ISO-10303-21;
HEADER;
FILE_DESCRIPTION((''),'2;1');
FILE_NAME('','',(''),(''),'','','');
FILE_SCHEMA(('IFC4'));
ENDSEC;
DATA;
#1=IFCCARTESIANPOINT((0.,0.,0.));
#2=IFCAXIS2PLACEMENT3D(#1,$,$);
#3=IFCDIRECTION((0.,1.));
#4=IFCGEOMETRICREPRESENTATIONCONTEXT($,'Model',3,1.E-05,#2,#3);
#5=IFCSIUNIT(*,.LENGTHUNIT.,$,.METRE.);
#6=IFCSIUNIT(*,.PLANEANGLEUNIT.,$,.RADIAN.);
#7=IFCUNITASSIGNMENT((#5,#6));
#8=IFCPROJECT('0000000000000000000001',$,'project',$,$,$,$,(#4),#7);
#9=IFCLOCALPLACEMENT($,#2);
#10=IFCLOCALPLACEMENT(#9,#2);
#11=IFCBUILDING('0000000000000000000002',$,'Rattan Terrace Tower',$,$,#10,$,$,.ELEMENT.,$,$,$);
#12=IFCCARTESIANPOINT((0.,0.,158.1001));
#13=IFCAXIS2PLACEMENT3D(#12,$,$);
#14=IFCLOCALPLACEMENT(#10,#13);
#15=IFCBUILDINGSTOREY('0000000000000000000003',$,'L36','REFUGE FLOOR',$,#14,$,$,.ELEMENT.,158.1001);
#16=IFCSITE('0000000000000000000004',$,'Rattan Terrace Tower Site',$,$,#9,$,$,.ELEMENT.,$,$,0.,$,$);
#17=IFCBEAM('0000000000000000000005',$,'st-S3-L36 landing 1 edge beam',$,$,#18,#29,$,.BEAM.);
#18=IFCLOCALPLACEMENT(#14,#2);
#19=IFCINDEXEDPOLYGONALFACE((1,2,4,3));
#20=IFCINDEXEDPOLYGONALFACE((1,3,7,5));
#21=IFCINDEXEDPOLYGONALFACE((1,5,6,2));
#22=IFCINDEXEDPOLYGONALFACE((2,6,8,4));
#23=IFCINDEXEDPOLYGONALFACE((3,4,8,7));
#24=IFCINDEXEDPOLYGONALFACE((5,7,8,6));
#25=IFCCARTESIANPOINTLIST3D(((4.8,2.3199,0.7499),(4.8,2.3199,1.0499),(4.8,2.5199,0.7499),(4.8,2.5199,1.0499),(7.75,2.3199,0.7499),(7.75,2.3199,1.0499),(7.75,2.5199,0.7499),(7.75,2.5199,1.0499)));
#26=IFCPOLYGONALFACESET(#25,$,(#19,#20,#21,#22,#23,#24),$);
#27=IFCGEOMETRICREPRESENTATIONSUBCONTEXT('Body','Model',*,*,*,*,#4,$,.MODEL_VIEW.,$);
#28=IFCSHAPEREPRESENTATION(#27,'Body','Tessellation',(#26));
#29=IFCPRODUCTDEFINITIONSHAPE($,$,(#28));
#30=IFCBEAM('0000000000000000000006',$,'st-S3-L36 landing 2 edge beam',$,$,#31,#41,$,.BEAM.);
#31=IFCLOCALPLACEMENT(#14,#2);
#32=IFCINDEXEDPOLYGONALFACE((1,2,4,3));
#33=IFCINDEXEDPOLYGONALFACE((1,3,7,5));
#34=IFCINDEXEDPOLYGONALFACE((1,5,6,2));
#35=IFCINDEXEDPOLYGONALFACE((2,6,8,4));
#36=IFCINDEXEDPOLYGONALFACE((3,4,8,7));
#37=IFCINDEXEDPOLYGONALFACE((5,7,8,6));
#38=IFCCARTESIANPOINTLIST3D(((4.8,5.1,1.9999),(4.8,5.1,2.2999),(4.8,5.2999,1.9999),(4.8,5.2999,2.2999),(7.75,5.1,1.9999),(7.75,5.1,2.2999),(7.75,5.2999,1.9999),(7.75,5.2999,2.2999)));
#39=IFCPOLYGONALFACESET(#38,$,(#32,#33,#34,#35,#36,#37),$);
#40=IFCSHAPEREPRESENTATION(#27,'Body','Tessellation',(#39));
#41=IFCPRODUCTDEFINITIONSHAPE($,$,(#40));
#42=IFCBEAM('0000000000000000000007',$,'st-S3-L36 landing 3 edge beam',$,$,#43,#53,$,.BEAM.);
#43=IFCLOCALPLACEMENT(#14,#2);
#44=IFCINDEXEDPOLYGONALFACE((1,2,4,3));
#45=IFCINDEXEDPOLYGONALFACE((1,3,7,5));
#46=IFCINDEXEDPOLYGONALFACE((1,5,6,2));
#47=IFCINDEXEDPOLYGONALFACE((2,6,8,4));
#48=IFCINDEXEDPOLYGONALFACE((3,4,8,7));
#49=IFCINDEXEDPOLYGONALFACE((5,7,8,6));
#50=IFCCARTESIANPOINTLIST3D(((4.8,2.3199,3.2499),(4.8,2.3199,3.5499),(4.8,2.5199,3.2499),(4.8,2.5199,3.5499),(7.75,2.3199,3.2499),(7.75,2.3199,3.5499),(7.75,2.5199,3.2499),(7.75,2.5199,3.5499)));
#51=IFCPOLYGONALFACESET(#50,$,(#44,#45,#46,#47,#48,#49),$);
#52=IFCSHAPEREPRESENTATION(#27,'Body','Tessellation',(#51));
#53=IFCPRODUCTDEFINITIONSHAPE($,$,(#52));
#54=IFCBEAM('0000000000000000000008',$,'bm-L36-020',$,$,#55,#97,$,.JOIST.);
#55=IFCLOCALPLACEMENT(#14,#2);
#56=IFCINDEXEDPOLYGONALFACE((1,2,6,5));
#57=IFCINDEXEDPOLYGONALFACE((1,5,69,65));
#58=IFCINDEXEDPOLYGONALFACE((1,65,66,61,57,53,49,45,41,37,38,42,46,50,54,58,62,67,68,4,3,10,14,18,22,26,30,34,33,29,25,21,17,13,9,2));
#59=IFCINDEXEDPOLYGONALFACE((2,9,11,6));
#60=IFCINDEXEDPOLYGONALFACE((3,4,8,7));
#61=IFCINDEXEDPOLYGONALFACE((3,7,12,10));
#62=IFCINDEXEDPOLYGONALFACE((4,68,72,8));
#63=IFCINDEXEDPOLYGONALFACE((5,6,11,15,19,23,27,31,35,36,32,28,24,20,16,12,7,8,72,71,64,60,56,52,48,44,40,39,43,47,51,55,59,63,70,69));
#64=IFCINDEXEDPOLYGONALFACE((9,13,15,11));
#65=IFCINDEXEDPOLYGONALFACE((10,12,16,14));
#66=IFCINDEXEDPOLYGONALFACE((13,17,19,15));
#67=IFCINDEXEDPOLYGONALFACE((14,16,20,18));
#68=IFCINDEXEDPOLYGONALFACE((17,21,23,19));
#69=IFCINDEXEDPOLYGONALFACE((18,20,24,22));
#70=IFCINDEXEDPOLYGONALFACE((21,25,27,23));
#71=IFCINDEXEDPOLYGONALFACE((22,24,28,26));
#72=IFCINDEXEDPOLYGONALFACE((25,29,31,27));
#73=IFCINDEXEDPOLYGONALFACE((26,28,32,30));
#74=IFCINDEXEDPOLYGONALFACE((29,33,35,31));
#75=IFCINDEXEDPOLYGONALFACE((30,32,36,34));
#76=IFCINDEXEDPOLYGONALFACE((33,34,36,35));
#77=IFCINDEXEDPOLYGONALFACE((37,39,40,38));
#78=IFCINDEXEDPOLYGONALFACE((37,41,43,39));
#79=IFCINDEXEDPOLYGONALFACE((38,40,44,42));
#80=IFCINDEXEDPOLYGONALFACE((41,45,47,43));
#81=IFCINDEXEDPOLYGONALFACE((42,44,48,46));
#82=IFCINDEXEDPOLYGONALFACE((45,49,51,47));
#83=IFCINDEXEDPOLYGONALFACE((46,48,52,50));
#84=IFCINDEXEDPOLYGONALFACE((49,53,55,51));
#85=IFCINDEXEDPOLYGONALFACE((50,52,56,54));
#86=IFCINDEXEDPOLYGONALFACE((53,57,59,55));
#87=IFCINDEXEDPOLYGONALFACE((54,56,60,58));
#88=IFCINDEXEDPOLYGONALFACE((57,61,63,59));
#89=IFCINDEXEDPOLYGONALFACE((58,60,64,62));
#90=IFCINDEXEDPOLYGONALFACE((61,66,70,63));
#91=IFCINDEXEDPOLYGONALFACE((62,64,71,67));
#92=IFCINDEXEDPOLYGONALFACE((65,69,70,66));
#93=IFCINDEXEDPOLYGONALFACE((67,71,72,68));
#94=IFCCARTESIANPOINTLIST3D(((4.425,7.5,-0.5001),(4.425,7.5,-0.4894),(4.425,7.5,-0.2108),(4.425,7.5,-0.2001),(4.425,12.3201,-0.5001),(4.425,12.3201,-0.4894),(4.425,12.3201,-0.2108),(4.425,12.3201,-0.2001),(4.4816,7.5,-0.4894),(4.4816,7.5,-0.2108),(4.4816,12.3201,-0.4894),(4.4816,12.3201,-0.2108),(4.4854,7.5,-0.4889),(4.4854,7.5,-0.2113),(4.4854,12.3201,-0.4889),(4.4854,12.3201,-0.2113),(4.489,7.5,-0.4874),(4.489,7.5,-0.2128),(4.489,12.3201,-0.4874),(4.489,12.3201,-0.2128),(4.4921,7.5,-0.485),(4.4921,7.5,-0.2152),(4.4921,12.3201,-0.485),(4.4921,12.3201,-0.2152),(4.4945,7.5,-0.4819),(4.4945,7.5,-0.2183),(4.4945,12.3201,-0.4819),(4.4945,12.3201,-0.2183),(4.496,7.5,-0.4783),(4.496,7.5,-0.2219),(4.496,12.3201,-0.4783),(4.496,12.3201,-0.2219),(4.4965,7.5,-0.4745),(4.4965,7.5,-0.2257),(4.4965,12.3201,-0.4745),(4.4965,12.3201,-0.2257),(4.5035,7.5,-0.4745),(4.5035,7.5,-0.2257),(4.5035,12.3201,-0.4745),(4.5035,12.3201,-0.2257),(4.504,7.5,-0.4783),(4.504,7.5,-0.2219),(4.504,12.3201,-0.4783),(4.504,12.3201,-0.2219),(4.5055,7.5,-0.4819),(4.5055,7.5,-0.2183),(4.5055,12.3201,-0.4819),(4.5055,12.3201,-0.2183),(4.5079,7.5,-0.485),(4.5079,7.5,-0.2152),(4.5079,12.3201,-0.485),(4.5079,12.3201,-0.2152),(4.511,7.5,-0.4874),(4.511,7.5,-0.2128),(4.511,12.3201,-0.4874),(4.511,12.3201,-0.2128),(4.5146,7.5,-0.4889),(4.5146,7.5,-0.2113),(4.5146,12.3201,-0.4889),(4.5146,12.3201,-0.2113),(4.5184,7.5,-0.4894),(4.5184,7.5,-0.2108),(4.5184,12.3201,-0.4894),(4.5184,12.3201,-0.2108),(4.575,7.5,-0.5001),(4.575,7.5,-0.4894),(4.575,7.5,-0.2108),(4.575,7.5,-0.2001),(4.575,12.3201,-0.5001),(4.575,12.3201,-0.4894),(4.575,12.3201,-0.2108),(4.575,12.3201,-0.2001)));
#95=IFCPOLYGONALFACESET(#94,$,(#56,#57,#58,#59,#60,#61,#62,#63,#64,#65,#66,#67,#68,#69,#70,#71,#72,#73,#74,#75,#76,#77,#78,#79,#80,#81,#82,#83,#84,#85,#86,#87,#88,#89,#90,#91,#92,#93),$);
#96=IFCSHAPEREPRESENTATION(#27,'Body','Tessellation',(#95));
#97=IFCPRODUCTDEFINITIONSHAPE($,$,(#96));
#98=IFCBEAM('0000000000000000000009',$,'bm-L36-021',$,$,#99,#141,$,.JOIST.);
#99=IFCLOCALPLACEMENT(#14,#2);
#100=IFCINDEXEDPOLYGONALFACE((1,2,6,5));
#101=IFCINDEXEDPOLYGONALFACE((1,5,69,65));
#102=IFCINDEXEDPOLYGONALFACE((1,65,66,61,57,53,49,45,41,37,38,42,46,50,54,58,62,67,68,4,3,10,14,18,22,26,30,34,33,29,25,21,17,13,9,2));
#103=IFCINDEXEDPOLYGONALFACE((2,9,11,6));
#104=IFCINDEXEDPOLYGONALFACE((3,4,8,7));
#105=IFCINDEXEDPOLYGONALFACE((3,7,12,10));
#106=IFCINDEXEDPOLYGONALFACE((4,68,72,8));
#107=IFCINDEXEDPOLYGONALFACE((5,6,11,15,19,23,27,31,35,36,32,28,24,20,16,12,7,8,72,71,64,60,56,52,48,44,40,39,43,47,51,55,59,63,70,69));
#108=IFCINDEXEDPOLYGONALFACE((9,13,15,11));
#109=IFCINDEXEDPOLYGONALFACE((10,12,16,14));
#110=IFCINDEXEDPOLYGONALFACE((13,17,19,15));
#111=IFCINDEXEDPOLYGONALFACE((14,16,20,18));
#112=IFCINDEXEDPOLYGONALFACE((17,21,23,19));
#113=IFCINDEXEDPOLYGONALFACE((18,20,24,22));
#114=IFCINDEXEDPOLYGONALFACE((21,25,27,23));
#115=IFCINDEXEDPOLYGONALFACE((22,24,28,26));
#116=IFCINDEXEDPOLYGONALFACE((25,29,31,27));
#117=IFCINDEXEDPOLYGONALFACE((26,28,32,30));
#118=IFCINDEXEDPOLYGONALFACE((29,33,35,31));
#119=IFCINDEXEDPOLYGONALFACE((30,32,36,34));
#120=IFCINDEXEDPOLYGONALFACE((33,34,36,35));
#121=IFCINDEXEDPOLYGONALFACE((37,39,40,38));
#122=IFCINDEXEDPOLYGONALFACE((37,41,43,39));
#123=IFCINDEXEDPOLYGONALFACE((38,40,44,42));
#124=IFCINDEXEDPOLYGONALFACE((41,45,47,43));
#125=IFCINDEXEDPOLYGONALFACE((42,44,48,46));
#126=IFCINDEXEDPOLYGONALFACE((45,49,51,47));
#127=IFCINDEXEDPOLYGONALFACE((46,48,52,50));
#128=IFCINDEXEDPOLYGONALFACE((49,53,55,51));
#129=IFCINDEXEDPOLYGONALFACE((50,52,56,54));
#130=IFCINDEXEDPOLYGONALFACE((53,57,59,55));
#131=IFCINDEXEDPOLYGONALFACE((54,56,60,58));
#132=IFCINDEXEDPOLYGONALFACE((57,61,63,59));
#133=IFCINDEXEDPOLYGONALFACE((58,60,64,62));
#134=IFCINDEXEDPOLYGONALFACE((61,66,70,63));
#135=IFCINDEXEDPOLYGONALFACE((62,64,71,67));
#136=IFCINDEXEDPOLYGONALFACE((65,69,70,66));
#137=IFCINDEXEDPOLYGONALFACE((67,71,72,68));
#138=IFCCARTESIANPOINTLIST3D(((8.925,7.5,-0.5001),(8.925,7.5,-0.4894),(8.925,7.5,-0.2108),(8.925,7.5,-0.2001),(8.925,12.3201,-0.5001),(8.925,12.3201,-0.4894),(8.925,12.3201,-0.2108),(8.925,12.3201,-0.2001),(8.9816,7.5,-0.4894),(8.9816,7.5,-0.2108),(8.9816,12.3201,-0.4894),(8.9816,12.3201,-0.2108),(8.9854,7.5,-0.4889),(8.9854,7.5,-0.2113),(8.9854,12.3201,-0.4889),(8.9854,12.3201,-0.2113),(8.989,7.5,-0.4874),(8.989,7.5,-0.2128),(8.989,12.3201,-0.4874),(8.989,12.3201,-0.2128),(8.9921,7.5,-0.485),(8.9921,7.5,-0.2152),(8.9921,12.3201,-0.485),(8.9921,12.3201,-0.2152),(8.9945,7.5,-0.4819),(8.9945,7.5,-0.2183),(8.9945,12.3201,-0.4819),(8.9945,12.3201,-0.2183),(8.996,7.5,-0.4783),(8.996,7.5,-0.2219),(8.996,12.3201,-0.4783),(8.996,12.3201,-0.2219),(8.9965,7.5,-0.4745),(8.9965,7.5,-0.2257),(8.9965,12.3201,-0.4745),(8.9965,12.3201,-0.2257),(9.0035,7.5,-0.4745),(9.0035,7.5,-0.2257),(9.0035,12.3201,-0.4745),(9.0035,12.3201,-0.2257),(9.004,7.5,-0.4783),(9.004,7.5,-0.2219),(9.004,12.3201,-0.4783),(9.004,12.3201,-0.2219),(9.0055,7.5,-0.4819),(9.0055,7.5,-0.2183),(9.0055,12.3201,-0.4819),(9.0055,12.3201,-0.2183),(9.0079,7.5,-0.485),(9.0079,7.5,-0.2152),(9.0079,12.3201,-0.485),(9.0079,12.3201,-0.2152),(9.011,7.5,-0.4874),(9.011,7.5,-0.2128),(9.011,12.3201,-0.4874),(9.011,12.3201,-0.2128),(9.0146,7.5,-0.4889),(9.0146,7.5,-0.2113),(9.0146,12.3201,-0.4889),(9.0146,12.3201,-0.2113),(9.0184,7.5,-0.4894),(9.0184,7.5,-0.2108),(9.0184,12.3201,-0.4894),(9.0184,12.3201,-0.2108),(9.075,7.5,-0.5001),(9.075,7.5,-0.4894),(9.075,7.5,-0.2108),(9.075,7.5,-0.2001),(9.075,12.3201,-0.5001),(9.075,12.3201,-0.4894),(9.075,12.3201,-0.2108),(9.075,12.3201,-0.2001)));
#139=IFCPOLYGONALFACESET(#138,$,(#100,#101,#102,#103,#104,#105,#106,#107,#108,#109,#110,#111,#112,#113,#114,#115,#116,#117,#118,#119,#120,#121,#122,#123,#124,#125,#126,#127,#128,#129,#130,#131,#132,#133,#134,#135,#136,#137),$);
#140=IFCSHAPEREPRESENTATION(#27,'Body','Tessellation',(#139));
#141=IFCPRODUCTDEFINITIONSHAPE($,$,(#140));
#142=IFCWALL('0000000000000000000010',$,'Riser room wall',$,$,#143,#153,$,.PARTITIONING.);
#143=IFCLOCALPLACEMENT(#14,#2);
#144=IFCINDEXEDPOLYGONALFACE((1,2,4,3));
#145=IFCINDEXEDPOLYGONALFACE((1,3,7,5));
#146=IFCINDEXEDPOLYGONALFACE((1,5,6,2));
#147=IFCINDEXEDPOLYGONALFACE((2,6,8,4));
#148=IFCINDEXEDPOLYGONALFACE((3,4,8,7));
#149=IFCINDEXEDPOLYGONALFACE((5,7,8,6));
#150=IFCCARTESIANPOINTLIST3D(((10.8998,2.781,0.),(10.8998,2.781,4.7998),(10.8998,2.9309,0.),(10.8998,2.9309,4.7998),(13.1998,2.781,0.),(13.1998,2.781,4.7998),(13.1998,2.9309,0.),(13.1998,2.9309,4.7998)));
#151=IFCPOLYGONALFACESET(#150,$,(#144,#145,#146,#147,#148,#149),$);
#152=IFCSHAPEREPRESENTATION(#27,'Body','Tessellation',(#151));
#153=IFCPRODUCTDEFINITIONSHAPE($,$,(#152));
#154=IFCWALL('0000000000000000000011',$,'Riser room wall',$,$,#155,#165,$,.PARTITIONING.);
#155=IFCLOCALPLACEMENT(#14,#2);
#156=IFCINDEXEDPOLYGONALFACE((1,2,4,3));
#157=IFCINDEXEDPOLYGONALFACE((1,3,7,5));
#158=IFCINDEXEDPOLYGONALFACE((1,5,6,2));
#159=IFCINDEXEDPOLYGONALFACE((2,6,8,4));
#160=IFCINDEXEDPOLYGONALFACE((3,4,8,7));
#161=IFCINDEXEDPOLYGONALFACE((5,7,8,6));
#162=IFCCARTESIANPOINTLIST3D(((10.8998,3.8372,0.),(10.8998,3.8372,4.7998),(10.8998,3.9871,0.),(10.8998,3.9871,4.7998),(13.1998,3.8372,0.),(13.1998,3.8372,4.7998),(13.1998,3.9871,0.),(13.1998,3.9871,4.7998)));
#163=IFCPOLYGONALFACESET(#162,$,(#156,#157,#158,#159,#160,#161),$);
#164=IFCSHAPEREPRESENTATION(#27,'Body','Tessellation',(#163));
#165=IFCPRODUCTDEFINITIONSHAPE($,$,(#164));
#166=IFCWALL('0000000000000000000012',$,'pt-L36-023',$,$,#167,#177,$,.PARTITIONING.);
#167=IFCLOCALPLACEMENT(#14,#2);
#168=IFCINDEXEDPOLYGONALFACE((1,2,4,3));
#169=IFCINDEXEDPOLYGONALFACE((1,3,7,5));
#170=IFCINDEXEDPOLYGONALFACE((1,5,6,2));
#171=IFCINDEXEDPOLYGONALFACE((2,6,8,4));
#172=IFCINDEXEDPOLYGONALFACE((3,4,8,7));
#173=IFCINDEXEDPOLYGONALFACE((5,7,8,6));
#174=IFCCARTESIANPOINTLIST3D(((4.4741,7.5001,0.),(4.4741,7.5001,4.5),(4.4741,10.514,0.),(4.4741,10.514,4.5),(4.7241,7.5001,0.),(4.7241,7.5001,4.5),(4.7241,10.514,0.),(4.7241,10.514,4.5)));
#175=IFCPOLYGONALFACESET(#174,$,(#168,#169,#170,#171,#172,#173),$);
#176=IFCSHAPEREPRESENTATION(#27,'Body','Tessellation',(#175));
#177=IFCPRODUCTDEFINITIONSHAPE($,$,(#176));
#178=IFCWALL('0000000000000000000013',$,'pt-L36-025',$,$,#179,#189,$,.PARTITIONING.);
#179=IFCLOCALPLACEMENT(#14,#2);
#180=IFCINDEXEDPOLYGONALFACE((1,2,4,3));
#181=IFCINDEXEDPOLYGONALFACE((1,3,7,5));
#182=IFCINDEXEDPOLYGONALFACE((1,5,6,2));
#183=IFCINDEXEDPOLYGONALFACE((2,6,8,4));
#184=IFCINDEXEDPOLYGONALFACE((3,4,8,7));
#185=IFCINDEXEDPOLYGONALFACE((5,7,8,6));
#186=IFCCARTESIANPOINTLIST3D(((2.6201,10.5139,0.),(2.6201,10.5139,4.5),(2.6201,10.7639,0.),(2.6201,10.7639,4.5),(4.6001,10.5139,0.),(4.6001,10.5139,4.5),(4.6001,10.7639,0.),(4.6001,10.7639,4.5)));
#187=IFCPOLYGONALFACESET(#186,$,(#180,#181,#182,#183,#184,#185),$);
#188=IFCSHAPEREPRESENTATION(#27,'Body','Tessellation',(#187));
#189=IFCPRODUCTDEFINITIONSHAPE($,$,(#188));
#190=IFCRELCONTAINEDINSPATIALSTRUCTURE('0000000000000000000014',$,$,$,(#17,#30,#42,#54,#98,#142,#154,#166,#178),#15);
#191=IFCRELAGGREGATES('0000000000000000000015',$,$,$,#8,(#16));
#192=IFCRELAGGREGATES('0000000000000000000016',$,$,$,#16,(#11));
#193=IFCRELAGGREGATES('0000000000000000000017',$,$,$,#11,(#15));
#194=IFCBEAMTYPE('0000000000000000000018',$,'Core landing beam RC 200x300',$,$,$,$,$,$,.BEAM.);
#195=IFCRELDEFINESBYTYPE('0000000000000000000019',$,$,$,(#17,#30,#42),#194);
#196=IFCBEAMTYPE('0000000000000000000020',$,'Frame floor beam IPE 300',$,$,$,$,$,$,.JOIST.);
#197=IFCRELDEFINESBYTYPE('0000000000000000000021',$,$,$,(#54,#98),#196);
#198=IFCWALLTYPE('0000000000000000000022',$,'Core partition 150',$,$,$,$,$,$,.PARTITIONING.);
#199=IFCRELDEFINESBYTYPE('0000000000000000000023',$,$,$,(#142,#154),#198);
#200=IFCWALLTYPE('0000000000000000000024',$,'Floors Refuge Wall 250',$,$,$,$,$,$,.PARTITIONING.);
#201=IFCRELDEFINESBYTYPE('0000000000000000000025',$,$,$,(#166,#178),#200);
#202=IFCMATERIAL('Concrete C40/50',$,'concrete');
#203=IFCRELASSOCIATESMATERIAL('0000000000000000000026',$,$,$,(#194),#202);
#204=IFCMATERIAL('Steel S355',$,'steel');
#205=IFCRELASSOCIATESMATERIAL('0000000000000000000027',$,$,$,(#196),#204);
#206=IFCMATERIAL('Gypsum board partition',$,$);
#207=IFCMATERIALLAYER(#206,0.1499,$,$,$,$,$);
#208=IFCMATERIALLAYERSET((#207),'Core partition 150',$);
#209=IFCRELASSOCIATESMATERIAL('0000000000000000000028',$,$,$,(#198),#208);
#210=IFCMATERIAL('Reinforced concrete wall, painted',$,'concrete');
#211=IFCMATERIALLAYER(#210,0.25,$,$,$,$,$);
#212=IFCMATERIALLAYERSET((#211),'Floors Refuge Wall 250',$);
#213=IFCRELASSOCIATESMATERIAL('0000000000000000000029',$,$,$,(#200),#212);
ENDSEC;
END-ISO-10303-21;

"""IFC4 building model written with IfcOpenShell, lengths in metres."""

from ifc_helpers import new_model, si_unit, direction, frame, frame_2d, origin, origin_2d, place, context, subcontext, project, spatial, rectangle, i_section, extrude, material, layer, layer_set, material_profile, profile_set, type_object, element, save


model = new_model("IFC4")

# Units and contexts
model_context = context("Model", 3, precision=1e-05, world=origin(), true_north=direction((0.0, 1.0)))
body_context = subcontext(model_context, "Body", "Model", "MODEL_VIEW")
ifc_project = project(units=[si_unit("LENGTHUNIT", "METRE"), si_unit("PLANEANGLEUNIT", "RADIAN")], contexts=[model_context])

# Site, building, storey
site_placement = place(None, origin())
site = spatial("IfcSite", under=ifc_project, at=site_placement, Name="Rattan Terrace Tower Site", CompositionType="ELEMENT", RefElevation=0.0)
building_placement = place(site_placement, origin())
building = spatial("IfcBuilding", under=site, at=building_placement, Name="Rattan Terrace Tower", CompositionType="ELEMENT")
storey_placement = place(building_placement, frame((0.0, 0.0, 158.1001)))
storey = spatial("IfcBuildingStorey", under=building, at=storey_placement, Name="L36", Description="REFUGE FLOOR", CompositionType="ELEMENT", Elevation=158.1001)

# Beams
ifc_material_1 = material(Name="Concrete C40/50", Category="concrete")
ifc_material_profile_1 = material_profile(ifc_material_1, rectangle(XDim=0.2, YDim=0.3, at=origin_2d()), Name="RC 200x300")
ifc_profile_set_1 = profile_set([ifc_material_profile_1], Name="Concrete C40/50")
beam_type_1 = type_object("IfcBeamType", Name="Core landing beam RC 200x300", PredefinedType="BEAM", material=ifc_profile_set_1)
for number, where, z_axis, x_axis, name in (
    (1, (4.8, 2.4199, 0.8999), (1.0, 0.0, 0.0), (0.0, 1.0, 0.0), "st-S3-L36 landing 1 edge beam"),
    (2, (4.8, 5.2, 2.1499), (1.0, 0.0, 0.0), (0.0, 1.0, 0.0), "st-S3-L36 landing 2 edge beam"),
    (3, (4.8, 2.4199, 3.3999), (1.0, 0.0, 0.0), (0.0, 1.0, 0.0), "st-S3-L36 landing 3 edge beam"),
):
    element("IfcBeam", number, at=place(storey_placement, frame(where, z_axis=z_axis, x_axis=x_axis)), inside=storey, type_object=beam_type_1, Name=name, PredefinedType="BEAM", context=body_context, shape_type="SweptSolid", body=[
        extrude(rectangle(XDim=0.2, YDim=0.3, at=origin_2d()), origin(), (0.0, 0.0, 1.0), 2.95),
    ])
ifc_material_2 = material(Name="Steel S355", Category="steel")
ifc_material_profile_2 = material_profile(ifc_material_2, i_section(OverallWidth=0.1499, OverallDepth=0.3, WebThickness=0.0071, FlangeThickness=0.0107, FilletRadius=0.0149, at=origin_2d()), Name="IPE 300")
ifc_profile_set_2 = profile_set([ifc_material_profile_2], Name="Steel S355")
beam_type_2 = type_object("IfcBeamType", Name="Frame floor beam IPE 300", PredefinedType="JOIST", material=ifc_profile_set_2)
for number, where, z_axis, x_axis, name in (
    (4, (4.5, 7.5, -0.3501), (0.0, 1.0, 0.0), (-1.0, 0.0, 0.0), "bm-L36-020"),
    (5, (9.0, 7.5, -0.3501), (0.0, 1.0, 0.0), (-1.0, 0.0, 0.0), "bm-L36-021"),
):
    element("IfcBeam", number, at=place(storey_placement, frame(where, z_axis=z_axis, x_axis=x_axis)), inside=storey, type_object=beam_type_2, Name=name, PredefinedType="JOIST", context=body_context, shape_type="SweptSolid", body=[
        extrude(i_section(OverallWidth=0.1499, OverallDepth=0.3, WebThickness=0.0071, FlangeThickness=0.0107, FilletRadius=0.0149, at=origin_2d()), origin(), (0.0, 0.0, 1.0), 4.8201),
    ])

# Walls
ifc_material_3 = material(Name="Gypsum board partition")
ifc_layer_1 = layer(ifc_material_3, 0.1499)
ifc_layer_set_1 = layer_set([ifc_layer_1], Name="Core partition 150")
wall_type_1 = type_object("IfcWallType", Name="Core partition 150", PredefinedType="PARTITIONING", material=ifc_layer_set_1)
for number, where, z_axis, x_axis, name in (
    (6, (10.8999, 2.856, 0.0), (0.0, 0.0, 1.0), (1.0, 0.0, 0.0), "Riser room wall"),
    (7, (10.8999, 3.9121, 0.0), (0.0, 0.0, 1.0), (1.0, 0.0, 0.0), "Riser room wall"),
):
    element("IfcWall", number, at=place(storey_placement, frame(where, z_axis=z_axis, x_axis=x_axis)), inside=storey, type_object=wall_type_1, Name=name, PredefinedType="PARTITIONING", context=body_context, shape_type="SweptSolid", body=[
        extrude(rectangle(XDim=2.3, YDim=0.1499, at=frame_2d((1.1499, 0.0))), origin(), (0.0, 0.0, 1.0), 4.7998),
    ])
ifc_material_4 = material(Name="Reinforced concrete wall, painted", Category="concrete")
ifc_layer_2 = layer(ifc_material_4, 0.25)
ifc_layer_set_2 = layer_set([ifc_layer_2], Name="Floors Refuge Wall 250")
wall_type_2 = type_object("IfcWallType", Name="Floors Refuge Wall 250", PredefinedType="PARTITIONING", material=ifc_layer_set_2)
wall_1_placement = place(storey_placement, frame((4.5991, 10.5139, 0.0), z_axis=(0.0, 0.0, 1.0), x_axis=(0.0, -1.0, 0.0)))
element("IfcWall", 8, at=wall_1_placement, inside=storey, type_object=wall_type_2, Name="pt-L36-023", PredefinedType="PARTITIONING", context=body_context, shape_type="SweptSolid", body=[
    extrude(rectangle(XDim=3.0139, YDim=0.25, at=frame_2d((1.5068, 0.0))), origin(), (0.0, 0.0, 1.0), 4.5),
])
wall_2_placement = place(storey_placement, frame((2.6201, 10.6389, 0.0), z_axis=(0.0, 0.0, 1.0), x_axis=(1.0, 0.0, 0.0)))
element("IfcWall", 9, at=wall_2_placement, inside=storey, type_object=wall_type_2, Name="pt-L36-025", PredefinedType="PARTITIONING", context=body_context, shape_type="SweptSolid", body=[
    extrude(rectangle(XDim=1.98, YDim=0.25, at=frame_2d((0.99, 0.0))), origin(), (0.0, 0.0, 1.0), 4.5),
])

save(model, "model.ifc")
